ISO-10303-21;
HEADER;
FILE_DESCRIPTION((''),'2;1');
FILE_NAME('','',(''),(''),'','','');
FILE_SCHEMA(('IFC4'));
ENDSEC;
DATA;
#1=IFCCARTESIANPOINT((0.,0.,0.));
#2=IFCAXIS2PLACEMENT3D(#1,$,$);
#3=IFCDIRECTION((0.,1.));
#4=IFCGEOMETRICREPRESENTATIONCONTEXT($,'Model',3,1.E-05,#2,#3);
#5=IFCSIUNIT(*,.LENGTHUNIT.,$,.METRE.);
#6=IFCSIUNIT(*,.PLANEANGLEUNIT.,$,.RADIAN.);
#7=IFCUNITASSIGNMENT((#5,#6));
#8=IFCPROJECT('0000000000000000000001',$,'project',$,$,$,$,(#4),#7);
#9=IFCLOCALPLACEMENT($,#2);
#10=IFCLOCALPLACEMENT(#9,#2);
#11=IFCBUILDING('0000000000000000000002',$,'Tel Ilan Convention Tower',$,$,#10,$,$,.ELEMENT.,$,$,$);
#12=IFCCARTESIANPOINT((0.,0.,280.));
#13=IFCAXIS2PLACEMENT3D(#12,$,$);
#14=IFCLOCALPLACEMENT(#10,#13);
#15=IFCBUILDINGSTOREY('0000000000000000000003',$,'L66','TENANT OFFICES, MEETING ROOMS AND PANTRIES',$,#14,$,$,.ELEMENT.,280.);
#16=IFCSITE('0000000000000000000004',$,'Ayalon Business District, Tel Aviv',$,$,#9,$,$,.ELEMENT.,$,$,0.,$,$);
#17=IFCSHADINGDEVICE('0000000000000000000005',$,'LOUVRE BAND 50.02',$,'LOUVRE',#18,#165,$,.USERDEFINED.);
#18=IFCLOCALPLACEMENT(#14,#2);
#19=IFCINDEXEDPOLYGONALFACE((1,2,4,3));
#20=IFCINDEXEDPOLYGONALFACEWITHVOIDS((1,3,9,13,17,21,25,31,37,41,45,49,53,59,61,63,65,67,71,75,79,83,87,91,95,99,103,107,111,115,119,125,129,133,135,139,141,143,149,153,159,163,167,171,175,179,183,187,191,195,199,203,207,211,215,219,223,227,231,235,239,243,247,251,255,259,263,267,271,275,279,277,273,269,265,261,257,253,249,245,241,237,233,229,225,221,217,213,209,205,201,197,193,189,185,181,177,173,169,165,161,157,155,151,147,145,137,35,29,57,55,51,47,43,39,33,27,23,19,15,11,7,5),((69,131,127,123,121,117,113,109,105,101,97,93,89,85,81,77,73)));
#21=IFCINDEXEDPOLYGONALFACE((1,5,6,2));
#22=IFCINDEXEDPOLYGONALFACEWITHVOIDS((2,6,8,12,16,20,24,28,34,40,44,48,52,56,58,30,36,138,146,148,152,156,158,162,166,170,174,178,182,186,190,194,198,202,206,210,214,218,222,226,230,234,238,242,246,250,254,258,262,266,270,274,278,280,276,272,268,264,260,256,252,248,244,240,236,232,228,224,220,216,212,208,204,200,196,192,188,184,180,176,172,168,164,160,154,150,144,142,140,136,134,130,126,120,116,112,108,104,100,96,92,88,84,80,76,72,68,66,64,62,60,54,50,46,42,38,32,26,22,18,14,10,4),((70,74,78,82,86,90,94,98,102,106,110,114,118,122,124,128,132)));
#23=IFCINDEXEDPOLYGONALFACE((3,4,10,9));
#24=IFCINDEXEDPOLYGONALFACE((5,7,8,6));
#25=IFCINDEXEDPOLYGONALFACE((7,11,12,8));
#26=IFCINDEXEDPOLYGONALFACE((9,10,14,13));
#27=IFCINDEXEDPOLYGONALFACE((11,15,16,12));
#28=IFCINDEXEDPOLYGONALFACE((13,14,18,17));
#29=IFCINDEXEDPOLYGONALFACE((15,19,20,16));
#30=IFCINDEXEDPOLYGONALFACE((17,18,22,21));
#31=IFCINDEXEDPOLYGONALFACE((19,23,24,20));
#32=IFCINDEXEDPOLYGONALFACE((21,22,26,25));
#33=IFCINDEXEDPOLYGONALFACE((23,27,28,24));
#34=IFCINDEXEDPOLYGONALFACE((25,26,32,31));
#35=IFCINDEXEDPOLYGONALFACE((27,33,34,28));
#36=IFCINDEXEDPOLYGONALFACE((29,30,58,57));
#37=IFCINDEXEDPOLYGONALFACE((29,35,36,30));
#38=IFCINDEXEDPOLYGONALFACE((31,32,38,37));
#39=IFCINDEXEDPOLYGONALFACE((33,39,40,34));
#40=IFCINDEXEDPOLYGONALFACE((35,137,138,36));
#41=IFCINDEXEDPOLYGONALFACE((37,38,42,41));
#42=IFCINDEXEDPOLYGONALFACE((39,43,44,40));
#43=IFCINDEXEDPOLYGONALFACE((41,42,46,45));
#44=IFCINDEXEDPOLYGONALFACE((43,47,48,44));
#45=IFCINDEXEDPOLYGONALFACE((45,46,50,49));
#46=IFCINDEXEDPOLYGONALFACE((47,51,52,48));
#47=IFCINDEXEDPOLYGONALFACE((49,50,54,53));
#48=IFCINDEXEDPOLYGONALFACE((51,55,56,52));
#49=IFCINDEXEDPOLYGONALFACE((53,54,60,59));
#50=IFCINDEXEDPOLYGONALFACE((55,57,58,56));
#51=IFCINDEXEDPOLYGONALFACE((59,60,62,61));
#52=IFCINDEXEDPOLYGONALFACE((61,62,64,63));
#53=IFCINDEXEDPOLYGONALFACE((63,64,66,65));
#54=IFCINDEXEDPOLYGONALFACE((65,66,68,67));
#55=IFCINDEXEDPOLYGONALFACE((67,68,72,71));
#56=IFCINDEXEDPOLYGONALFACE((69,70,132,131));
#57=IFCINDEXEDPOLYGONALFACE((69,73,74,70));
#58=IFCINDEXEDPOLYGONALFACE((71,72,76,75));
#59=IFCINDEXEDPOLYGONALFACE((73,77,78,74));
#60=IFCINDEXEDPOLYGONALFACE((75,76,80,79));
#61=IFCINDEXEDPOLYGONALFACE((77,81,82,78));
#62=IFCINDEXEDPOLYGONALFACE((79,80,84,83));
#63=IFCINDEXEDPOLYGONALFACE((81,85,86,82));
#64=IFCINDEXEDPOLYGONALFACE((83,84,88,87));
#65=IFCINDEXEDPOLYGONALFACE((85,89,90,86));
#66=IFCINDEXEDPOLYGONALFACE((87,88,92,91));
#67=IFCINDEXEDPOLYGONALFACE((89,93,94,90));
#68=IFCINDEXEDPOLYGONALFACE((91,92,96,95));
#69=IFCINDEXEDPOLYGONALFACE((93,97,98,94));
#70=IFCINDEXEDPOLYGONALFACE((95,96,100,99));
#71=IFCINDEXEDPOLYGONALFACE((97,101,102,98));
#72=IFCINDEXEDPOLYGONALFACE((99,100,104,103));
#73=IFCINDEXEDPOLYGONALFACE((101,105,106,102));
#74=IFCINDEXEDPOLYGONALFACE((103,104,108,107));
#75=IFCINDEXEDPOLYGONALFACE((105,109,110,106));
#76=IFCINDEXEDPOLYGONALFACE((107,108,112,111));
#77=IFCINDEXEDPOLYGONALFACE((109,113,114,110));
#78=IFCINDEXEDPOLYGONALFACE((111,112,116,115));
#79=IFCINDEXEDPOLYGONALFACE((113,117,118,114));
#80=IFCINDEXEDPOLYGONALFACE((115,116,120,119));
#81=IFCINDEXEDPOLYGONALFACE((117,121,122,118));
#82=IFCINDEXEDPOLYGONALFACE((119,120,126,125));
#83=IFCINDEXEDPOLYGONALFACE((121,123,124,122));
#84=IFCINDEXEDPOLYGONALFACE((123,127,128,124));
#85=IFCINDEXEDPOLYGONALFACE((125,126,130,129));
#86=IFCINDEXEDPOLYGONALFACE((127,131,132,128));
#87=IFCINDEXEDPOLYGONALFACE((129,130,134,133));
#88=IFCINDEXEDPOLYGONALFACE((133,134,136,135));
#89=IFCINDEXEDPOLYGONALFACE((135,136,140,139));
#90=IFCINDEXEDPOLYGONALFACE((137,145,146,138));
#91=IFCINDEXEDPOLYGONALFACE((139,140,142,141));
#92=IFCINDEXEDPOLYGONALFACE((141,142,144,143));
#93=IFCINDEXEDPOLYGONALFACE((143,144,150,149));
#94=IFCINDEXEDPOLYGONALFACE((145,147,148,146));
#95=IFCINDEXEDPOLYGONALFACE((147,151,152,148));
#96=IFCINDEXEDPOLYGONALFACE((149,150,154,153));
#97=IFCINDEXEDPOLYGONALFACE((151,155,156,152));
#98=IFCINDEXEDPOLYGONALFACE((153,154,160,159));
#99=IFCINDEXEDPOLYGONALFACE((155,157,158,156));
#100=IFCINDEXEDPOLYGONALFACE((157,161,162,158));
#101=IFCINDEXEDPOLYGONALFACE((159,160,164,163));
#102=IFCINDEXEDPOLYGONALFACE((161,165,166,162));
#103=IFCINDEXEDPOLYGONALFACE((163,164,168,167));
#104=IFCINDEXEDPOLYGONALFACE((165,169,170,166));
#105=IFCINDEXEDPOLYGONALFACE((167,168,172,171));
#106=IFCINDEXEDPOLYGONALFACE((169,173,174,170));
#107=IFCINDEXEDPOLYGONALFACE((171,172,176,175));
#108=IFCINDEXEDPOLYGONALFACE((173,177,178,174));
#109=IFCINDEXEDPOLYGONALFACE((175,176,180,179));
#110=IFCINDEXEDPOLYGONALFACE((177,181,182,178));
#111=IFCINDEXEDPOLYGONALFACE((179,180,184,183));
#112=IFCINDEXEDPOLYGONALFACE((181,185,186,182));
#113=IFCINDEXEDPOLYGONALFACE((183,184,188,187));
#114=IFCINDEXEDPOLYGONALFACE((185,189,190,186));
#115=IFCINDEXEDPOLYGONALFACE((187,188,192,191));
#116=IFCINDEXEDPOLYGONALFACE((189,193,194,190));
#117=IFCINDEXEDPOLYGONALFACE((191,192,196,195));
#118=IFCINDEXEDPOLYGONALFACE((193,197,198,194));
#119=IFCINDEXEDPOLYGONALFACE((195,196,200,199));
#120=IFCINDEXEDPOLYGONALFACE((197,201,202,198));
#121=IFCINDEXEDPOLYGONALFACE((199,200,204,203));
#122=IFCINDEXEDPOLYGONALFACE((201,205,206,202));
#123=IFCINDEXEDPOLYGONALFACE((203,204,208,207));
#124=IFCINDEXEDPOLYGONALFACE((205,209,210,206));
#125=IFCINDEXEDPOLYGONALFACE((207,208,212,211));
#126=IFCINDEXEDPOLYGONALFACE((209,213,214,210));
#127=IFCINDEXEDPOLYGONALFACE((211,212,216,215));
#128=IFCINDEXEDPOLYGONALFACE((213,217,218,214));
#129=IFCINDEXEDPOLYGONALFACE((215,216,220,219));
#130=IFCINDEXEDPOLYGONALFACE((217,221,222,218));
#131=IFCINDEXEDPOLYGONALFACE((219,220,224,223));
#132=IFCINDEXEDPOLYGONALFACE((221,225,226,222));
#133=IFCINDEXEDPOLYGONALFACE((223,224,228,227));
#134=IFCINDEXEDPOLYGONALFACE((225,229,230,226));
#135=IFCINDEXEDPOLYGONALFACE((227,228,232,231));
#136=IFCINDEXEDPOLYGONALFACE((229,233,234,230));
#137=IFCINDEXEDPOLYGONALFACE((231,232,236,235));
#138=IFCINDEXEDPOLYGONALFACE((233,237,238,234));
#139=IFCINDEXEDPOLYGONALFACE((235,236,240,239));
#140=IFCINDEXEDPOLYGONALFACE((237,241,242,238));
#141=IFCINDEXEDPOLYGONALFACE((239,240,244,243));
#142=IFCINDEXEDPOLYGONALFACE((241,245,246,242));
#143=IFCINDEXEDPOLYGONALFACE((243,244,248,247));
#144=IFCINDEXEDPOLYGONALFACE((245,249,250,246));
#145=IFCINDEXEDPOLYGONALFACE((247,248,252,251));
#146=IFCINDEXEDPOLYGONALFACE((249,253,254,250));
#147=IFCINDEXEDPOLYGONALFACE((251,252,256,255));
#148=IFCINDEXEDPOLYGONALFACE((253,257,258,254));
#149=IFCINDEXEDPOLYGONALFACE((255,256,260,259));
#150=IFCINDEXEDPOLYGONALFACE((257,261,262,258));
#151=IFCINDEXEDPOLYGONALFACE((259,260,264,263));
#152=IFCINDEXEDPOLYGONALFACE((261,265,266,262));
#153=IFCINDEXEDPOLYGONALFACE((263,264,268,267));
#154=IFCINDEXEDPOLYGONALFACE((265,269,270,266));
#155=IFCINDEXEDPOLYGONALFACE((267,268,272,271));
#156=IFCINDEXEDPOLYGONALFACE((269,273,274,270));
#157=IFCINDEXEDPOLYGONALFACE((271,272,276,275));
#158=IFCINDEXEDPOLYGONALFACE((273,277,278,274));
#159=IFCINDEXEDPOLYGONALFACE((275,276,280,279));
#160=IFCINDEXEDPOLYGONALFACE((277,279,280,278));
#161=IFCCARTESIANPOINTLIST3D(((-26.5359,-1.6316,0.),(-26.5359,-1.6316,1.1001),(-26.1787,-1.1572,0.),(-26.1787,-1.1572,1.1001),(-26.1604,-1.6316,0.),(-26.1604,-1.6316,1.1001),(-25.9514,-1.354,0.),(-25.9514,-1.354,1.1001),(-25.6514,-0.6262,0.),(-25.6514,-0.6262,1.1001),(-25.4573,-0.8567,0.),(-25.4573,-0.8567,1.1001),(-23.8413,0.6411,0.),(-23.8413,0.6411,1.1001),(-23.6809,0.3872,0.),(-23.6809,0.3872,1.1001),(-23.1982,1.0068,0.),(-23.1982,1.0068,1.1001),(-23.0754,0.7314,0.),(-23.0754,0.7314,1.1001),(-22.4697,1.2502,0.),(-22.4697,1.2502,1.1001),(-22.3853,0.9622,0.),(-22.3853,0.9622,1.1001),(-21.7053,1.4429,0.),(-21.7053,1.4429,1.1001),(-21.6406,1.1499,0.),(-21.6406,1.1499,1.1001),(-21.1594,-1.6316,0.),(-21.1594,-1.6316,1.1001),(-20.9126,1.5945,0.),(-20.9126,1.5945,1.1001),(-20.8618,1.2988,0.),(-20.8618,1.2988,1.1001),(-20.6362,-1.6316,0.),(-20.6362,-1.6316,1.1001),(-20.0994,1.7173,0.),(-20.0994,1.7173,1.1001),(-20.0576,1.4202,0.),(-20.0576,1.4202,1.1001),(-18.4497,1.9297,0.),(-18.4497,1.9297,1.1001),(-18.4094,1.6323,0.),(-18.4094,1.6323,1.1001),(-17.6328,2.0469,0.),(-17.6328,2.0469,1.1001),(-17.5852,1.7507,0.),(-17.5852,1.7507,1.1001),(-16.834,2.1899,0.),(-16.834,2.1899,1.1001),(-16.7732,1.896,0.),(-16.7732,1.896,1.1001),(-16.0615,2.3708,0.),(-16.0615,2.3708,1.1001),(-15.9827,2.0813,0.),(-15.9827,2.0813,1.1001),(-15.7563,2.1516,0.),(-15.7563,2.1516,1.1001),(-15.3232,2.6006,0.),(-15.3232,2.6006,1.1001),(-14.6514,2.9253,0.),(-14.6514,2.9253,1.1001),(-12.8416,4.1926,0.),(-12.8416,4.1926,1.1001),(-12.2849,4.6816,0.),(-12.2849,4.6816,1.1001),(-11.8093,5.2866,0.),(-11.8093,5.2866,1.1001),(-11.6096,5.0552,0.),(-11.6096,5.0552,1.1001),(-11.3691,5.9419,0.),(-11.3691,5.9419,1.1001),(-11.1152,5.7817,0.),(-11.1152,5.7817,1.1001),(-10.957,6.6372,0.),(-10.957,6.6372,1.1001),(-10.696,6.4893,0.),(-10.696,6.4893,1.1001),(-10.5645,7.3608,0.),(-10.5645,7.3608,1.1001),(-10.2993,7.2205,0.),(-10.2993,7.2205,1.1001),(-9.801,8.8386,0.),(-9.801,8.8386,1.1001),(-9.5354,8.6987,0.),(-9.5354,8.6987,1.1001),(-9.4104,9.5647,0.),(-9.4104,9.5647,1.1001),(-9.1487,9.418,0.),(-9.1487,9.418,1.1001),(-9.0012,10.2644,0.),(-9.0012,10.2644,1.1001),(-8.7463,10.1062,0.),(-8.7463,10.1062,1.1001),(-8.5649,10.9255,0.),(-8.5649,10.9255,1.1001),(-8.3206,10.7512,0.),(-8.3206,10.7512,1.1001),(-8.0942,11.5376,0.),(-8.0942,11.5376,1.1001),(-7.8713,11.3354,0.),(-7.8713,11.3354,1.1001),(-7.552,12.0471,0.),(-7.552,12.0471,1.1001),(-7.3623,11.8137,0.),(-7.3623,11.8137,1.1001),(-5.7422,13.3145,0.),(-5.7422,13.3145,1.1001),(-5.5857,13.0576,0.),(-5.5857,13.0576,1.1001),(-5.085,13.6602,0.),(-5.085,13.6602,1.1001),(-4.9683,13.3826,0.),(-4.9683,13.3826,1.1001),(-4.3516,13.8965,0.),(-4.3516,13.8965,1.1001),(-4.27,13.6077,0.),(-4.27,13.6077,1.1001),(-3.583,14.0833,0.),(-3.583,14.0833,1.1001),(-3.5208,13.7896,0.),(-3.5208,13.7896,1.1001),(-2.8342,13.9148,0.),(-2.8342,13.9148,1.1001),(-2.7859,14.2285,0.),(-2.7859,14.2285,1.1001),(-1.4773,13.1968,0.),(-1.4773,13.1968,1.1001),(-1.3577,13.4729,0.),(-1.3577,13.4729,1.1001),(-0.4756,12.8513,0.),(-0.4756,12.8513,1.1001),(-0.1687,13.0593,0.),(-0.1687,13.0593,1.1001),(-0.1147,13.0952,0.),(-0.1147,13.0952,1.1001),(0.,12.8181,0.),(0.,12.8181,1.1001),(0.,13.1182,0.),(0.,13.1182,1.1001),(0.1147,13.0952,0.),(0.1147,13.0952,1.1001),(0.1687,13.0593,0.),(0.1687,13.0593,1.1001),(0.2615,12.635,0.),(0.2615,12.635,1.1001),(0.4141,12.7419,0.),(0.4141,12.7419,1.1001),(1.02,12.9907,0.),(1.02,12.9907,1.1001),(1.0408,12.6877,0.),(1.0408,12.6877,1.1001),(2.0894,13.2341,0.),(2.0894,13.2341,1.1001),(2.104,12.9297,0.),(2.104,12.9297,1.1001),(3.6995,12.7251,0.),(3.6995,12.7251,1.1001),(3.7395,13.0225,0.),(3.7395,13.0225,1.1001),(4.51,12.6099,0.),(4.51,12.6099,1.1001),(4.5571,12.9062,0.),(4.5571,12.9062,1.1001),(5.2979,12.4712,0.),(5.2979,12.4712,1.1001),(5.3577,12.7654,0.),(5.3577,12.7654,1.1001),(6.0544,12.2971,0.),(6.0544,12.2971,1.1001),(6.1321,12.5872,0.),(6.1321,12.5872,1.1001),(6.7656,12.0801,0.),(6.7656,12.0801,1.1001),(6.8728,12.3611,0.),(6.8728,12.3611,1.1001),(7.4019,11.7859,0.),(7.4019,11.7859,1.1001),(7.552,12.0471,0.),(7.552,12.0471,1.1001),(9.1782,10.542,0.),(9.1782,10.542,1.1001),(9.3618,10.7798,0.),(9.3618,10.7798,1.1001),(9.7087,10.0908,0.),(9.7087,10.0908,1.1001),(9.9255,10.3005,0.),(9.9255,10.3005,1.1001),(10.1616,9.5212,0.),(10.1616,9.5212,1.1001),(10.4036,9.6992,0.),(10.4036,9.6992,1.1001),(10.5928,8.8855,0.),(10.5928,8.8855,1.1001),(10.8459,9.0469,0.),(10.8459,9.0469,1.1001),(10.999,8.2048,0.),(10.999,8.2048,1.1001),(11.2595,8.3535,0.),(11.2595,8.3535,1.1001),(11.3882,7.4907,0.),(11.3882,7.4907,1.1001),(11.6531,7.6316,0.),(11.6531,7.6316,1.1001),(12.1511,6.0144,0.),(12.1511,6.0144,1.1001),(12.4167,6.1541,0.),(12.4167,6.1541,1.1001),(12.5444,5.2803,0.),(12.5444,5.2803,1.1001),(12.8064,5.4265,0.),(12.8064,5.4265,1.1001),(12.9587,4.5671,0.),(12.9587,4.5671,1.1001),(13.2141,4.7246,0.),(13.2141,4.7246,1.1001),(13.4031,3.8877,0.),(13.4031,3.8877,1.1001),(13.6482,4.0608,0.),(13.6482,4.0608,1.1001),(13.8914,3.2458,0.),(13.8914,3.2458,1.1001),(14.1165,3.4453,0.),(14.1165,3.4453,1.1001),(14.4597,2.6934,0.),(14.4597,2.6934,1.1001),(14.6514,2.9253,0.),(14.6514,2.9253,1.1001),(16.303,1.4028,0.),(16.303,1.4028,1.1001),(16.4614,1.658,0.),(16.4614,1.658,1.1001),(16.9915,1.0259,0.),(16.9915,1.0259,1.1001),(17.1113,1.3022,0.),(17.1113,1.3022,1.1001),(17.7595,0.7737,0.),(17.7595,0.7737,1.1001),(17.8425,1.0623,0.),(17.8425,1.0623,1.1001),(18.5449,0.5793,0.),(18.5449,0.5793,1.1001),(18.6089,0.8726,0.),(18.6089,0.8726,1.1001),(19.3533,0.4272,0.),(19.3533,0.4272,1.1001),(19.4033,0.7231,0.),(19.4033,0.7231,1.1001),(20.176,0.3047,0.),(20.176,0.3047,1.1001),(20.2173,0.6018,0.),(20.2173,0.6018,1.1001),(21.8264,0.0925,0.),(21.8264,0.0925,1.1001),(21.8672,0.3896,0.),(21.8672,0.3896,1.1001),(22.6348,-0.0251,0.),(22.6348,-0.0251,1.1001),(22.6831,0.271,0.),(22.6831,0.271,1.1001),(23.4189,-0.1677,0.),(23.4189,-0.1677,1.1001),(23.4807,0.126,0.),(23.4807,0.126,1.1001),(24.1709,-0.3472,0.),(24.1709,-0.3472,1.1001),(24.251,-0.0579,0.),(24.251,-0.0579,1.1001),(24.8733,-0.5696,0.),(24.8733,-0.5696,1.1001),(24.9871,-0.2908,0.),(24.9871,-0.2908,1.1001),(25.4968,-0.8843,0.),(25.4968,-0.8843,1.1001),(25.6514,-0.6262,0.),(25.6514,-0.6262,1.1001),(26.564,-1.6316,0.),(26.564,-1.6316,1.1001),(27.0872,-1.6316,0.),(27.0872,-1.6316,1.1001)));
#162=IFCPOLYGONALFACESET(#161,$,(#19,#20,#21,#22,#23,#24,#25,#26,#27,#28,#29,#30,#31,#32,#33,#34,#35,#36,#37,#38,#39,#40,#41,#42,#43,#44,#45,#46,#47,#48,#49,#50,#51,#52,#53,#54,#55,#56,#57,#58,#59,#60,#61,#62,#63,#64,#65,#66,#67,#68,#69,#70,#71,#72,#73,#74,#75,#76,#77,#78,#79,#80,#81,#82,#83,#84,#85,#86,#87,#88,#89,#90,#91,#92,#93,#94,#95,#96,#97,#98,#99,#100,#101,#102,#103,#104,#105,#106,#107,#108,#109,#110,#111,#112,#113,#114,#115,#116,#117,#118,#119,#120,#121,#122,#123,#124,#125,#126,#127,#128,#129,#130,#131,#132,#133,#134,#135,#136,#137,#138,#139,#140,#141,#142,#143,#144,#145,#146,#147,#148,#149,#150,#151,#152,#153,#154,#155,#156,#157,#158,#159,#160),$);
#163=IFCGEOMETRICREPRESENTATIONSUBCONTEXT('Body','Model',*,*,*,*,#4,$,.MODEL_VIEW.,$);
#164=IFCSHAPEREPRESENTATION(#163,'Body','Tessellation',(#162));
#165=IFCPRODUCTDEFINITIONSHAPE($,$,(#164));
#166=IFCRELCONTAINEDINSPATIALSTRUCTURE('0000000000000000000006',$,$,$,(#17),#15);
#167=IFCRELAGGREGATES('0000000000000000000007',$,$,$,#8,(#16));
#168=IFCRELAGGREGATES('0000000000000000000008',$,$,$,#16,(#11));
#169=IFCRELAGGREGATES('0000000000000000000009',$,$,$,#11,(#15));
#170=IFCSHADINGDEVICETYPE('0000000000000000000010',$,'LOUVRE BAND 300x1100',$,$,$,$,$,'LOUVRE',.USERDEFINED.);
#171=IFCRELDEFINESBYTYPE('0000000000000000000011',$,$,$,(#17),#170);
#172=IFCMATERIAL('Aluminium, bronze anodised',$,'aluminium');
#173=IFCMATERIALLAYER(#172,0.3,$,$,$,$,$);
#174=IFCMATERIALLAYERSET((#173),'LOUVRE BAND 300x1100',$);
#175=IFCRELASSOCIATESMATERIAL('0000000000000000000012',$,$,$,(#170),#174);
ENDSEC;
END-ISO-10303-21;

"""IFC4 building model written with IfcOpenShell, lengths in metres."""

from ifc_helpers import new_model, si_unit, direction, frame, origin, place, context, subcontext, project, spatial, polyline, outline, extrude, material, layer, layer_set, type_object, element, save


model = new_model("IFC4")

# Units and contexts
model_context = context("Model", 3, precision=1e-05, world=origin(), true_north=direction((0.0, 1.0)))
body_context = subcontext(model_context, "Body", "Model", "MODEL_VIEW")
ifc_project = project(units=[si_unit("LENGTHUNIT", "METRE"), si_unit("PLANEANGLEUNIT", "RADIAN")], contexts=[model_context])

# Site, building, storey
site_placement = place(None, origin())
site = spatial("IfcSite", under=ifc_project, at=site_placement, Name="Ayalon Business District, Tel Aviv", CompositionType="ELEMENT", RefElevation=0.0)
building_placement = place(site_placement, origin())
building = spatial("IfcBuilding", under=site, at=building_placement, Name="Tel Ilan Convention Tower", CompositionType="ELEMENT")
storey_placement = place(building_placement, frame((0.0, 0.0, 280.0)))
storey = spatial("IfcBuildingStorey", under=building, at=storey_placement, Name="L66", Description="TENANT OFFICES, MEETING ROOMS AND PANTRIES", CompositionType="ELEMENT", Elevation=280.0)

# Shading device
ifc_material_1 = material(Name="Aluminium, bronze anodised", Category="aluminium")
ifc_layer_1 = layer(ifc_material_1, 0.3)
ifc_layer_set_1 = layer_set([ifc_layer_1], Name="LOUVRE BAND 300x1100")
shading_device_type_1 = type_object("IfcShadingDeviceType", Name="LOUVRE BAND 300x1100", ElementType="LOUVRE", PredefinedType="USERDEFINED", material=ifc_layer_set_1)
shading_device_1_placement = place(storey_placement, origin())
element("IfcShadingDevice", 1, at=shading_device_1_placement, inside=storey, type_object=shading_device_type_1, Name="LOUVRE BAND 50.02", ObjectType="LOUVRE", PredefinedType="USERDEFINED", context=body_context, shape_type="SweptSolid", body=[
    extrude(outline(polyline([(-26.1787, -1.1572), (-26.5359, -1.6316), (-26.1604, -1.6316), (-25.9514, -1.354), (-25.4573, -0.8567), (-23.6809, 0.3872), (-23.0754, 0.7314), (-22.3853, 0.9622), (-21.6406, 1.1499), (-20.8618, 1.2988), (-20.0576, 1.4202), (-18.4094, 1.6323), (-17.5852, 1.7507), (-16.7732, 1.896), (-15.9827, 2.0813), (-15.7563, 2.1516), (-21.1594, -1.6316), (-20.6362, -1.6316), (0.0, 12.8181), (0.2615, 12.635), (0.4141, 12.7419), (1.0408, 12.6877), (2.104, 12.9297), (3.6995, 12.7251), (4.51, 12.6099), (5.2979, 12.4712), (6.0544, 12.2971), (6.7656, 12.0801), (7.4019, 11.7859), (9.1782, 10.542), (9.7087, 10.0908), (10.1616, 9.5212), (10.5928, 8.8855), (10.999, 8.2048), (11.3882, 7.4907), (12.1511, 6.0144), (12.5444, 5.2803), (12.9587, 4.5671), (13.4031, 3.8877), (13.8914, 3.2458), (14.4597, 2.6934), (16.303, 1.4028), (16.9915, 1.0259), (17.7595, 0.7737), (18.5449, 0.5793), (19.3533, 0.4272), (20.176, 0.3047), (21.8264, 0.0925), (22.6348, -0.0251), (23.4189, -0.1677), (24.1709, -0.3472), (24.8733, -0.5696), (25.4968, -0.8843), (26.564, -1.6316), (27.0872, -1.6316), (25.6514, -0.6262), (24.9871, -0.2908), (24.251, -0.0579), (23.4807, 0.126), (22.6831, 0.271), (21.8672, 0.3896), (20.2173, 0.6018), (19.4033, 0.7231), (18.6089, 0.8726), (17.8425, 1.0623), (17.1113, 1.3022), (16.4614, 1.658), (14.6514, 2.9253), (14.1165, 3.4453), (13.6482, 4.0608), (13.2141, 4.7246), (12.8064, 5.4265), (12.4167, 6.1541), (11.6531, 7.6316), (11.2595, 8.3535), (10.8459, 9.0469), (10.4036, 9.6992), (9.9255, 10.3005), (9.3618, 10.7798), (7.552, 12.0471), (6.8728, 12.3611), (6.1321, 12.5872), (5.3577, 12.7654), (4.5571, 12.9062), (3.7395, 13.0225), (2.0894, 13.2341), (1.02, 12.9907), (0.1687, 13.0593), (0.1147, 13.0952), (0.0, 13.1182), (-0.1147, 13.0952), (-0.1687, 13.0593), (-1.3577, 13.4729), (-2.7859, 14.2285), (-3.583, 14.0833), (-4.3516, 13.8965), (-5.085, 13.6602), (-5.7422, 13.3145), (-7.552, 12.0471), (-8.0942, 11.5376), (-8.5649, 10.9255), (-9.0012, 10.2644), (-9.4104, 9.5647), (-9.801, 8.8386), (-10.5645, 7.3608), (-10.957, 6.6372), (-11.3691, 5.9419), (-11.8093, 5.2866), (-12.2849, 4.6816), (-12.8416, 4.1926), (-14.6514, 2.9253), (-15.3232, 2.6006), (-16.0615, 2.3708), (-16.834, 2.1899), (-17.6328, 2.0469), (-18.4497, 1.9297), (-20.0994, 1.7173), (-20.9126, 1.5945), (-21.7053, 1.4429), (-22.4697, 1.2502), (-23.1982, 1.0068), (-23.8413, 0.6411), (-25.6514, -0.6262), (-26.1787, -1.1572)]), holes=[polyline([(-11.6096, 5.0552), (-11.1152, 5.7817), (-10.696, 6.4893), (-10.2993, 7.2205), (-9.5354, 8.6987), (-9.1487, 9.418), (-8.7463, 10.1062), (-8.3206, 10.7512), (-7.8713, 11.3354), (-7.3623, 11.8137), (-5.5857, 13.0576), (-4.9683, 13.3826), (-4.27, 13.6077), (-3.5208, 13.7896), (-2.8342, 13.9148), (-1.4773, 13.1968), (-0.4756, 12.8513), (-11.6096, 5.0552)])]), origin(), (0.0, 0.0, 1.0), 1.1001),
])

save(model, "model.ifc")
